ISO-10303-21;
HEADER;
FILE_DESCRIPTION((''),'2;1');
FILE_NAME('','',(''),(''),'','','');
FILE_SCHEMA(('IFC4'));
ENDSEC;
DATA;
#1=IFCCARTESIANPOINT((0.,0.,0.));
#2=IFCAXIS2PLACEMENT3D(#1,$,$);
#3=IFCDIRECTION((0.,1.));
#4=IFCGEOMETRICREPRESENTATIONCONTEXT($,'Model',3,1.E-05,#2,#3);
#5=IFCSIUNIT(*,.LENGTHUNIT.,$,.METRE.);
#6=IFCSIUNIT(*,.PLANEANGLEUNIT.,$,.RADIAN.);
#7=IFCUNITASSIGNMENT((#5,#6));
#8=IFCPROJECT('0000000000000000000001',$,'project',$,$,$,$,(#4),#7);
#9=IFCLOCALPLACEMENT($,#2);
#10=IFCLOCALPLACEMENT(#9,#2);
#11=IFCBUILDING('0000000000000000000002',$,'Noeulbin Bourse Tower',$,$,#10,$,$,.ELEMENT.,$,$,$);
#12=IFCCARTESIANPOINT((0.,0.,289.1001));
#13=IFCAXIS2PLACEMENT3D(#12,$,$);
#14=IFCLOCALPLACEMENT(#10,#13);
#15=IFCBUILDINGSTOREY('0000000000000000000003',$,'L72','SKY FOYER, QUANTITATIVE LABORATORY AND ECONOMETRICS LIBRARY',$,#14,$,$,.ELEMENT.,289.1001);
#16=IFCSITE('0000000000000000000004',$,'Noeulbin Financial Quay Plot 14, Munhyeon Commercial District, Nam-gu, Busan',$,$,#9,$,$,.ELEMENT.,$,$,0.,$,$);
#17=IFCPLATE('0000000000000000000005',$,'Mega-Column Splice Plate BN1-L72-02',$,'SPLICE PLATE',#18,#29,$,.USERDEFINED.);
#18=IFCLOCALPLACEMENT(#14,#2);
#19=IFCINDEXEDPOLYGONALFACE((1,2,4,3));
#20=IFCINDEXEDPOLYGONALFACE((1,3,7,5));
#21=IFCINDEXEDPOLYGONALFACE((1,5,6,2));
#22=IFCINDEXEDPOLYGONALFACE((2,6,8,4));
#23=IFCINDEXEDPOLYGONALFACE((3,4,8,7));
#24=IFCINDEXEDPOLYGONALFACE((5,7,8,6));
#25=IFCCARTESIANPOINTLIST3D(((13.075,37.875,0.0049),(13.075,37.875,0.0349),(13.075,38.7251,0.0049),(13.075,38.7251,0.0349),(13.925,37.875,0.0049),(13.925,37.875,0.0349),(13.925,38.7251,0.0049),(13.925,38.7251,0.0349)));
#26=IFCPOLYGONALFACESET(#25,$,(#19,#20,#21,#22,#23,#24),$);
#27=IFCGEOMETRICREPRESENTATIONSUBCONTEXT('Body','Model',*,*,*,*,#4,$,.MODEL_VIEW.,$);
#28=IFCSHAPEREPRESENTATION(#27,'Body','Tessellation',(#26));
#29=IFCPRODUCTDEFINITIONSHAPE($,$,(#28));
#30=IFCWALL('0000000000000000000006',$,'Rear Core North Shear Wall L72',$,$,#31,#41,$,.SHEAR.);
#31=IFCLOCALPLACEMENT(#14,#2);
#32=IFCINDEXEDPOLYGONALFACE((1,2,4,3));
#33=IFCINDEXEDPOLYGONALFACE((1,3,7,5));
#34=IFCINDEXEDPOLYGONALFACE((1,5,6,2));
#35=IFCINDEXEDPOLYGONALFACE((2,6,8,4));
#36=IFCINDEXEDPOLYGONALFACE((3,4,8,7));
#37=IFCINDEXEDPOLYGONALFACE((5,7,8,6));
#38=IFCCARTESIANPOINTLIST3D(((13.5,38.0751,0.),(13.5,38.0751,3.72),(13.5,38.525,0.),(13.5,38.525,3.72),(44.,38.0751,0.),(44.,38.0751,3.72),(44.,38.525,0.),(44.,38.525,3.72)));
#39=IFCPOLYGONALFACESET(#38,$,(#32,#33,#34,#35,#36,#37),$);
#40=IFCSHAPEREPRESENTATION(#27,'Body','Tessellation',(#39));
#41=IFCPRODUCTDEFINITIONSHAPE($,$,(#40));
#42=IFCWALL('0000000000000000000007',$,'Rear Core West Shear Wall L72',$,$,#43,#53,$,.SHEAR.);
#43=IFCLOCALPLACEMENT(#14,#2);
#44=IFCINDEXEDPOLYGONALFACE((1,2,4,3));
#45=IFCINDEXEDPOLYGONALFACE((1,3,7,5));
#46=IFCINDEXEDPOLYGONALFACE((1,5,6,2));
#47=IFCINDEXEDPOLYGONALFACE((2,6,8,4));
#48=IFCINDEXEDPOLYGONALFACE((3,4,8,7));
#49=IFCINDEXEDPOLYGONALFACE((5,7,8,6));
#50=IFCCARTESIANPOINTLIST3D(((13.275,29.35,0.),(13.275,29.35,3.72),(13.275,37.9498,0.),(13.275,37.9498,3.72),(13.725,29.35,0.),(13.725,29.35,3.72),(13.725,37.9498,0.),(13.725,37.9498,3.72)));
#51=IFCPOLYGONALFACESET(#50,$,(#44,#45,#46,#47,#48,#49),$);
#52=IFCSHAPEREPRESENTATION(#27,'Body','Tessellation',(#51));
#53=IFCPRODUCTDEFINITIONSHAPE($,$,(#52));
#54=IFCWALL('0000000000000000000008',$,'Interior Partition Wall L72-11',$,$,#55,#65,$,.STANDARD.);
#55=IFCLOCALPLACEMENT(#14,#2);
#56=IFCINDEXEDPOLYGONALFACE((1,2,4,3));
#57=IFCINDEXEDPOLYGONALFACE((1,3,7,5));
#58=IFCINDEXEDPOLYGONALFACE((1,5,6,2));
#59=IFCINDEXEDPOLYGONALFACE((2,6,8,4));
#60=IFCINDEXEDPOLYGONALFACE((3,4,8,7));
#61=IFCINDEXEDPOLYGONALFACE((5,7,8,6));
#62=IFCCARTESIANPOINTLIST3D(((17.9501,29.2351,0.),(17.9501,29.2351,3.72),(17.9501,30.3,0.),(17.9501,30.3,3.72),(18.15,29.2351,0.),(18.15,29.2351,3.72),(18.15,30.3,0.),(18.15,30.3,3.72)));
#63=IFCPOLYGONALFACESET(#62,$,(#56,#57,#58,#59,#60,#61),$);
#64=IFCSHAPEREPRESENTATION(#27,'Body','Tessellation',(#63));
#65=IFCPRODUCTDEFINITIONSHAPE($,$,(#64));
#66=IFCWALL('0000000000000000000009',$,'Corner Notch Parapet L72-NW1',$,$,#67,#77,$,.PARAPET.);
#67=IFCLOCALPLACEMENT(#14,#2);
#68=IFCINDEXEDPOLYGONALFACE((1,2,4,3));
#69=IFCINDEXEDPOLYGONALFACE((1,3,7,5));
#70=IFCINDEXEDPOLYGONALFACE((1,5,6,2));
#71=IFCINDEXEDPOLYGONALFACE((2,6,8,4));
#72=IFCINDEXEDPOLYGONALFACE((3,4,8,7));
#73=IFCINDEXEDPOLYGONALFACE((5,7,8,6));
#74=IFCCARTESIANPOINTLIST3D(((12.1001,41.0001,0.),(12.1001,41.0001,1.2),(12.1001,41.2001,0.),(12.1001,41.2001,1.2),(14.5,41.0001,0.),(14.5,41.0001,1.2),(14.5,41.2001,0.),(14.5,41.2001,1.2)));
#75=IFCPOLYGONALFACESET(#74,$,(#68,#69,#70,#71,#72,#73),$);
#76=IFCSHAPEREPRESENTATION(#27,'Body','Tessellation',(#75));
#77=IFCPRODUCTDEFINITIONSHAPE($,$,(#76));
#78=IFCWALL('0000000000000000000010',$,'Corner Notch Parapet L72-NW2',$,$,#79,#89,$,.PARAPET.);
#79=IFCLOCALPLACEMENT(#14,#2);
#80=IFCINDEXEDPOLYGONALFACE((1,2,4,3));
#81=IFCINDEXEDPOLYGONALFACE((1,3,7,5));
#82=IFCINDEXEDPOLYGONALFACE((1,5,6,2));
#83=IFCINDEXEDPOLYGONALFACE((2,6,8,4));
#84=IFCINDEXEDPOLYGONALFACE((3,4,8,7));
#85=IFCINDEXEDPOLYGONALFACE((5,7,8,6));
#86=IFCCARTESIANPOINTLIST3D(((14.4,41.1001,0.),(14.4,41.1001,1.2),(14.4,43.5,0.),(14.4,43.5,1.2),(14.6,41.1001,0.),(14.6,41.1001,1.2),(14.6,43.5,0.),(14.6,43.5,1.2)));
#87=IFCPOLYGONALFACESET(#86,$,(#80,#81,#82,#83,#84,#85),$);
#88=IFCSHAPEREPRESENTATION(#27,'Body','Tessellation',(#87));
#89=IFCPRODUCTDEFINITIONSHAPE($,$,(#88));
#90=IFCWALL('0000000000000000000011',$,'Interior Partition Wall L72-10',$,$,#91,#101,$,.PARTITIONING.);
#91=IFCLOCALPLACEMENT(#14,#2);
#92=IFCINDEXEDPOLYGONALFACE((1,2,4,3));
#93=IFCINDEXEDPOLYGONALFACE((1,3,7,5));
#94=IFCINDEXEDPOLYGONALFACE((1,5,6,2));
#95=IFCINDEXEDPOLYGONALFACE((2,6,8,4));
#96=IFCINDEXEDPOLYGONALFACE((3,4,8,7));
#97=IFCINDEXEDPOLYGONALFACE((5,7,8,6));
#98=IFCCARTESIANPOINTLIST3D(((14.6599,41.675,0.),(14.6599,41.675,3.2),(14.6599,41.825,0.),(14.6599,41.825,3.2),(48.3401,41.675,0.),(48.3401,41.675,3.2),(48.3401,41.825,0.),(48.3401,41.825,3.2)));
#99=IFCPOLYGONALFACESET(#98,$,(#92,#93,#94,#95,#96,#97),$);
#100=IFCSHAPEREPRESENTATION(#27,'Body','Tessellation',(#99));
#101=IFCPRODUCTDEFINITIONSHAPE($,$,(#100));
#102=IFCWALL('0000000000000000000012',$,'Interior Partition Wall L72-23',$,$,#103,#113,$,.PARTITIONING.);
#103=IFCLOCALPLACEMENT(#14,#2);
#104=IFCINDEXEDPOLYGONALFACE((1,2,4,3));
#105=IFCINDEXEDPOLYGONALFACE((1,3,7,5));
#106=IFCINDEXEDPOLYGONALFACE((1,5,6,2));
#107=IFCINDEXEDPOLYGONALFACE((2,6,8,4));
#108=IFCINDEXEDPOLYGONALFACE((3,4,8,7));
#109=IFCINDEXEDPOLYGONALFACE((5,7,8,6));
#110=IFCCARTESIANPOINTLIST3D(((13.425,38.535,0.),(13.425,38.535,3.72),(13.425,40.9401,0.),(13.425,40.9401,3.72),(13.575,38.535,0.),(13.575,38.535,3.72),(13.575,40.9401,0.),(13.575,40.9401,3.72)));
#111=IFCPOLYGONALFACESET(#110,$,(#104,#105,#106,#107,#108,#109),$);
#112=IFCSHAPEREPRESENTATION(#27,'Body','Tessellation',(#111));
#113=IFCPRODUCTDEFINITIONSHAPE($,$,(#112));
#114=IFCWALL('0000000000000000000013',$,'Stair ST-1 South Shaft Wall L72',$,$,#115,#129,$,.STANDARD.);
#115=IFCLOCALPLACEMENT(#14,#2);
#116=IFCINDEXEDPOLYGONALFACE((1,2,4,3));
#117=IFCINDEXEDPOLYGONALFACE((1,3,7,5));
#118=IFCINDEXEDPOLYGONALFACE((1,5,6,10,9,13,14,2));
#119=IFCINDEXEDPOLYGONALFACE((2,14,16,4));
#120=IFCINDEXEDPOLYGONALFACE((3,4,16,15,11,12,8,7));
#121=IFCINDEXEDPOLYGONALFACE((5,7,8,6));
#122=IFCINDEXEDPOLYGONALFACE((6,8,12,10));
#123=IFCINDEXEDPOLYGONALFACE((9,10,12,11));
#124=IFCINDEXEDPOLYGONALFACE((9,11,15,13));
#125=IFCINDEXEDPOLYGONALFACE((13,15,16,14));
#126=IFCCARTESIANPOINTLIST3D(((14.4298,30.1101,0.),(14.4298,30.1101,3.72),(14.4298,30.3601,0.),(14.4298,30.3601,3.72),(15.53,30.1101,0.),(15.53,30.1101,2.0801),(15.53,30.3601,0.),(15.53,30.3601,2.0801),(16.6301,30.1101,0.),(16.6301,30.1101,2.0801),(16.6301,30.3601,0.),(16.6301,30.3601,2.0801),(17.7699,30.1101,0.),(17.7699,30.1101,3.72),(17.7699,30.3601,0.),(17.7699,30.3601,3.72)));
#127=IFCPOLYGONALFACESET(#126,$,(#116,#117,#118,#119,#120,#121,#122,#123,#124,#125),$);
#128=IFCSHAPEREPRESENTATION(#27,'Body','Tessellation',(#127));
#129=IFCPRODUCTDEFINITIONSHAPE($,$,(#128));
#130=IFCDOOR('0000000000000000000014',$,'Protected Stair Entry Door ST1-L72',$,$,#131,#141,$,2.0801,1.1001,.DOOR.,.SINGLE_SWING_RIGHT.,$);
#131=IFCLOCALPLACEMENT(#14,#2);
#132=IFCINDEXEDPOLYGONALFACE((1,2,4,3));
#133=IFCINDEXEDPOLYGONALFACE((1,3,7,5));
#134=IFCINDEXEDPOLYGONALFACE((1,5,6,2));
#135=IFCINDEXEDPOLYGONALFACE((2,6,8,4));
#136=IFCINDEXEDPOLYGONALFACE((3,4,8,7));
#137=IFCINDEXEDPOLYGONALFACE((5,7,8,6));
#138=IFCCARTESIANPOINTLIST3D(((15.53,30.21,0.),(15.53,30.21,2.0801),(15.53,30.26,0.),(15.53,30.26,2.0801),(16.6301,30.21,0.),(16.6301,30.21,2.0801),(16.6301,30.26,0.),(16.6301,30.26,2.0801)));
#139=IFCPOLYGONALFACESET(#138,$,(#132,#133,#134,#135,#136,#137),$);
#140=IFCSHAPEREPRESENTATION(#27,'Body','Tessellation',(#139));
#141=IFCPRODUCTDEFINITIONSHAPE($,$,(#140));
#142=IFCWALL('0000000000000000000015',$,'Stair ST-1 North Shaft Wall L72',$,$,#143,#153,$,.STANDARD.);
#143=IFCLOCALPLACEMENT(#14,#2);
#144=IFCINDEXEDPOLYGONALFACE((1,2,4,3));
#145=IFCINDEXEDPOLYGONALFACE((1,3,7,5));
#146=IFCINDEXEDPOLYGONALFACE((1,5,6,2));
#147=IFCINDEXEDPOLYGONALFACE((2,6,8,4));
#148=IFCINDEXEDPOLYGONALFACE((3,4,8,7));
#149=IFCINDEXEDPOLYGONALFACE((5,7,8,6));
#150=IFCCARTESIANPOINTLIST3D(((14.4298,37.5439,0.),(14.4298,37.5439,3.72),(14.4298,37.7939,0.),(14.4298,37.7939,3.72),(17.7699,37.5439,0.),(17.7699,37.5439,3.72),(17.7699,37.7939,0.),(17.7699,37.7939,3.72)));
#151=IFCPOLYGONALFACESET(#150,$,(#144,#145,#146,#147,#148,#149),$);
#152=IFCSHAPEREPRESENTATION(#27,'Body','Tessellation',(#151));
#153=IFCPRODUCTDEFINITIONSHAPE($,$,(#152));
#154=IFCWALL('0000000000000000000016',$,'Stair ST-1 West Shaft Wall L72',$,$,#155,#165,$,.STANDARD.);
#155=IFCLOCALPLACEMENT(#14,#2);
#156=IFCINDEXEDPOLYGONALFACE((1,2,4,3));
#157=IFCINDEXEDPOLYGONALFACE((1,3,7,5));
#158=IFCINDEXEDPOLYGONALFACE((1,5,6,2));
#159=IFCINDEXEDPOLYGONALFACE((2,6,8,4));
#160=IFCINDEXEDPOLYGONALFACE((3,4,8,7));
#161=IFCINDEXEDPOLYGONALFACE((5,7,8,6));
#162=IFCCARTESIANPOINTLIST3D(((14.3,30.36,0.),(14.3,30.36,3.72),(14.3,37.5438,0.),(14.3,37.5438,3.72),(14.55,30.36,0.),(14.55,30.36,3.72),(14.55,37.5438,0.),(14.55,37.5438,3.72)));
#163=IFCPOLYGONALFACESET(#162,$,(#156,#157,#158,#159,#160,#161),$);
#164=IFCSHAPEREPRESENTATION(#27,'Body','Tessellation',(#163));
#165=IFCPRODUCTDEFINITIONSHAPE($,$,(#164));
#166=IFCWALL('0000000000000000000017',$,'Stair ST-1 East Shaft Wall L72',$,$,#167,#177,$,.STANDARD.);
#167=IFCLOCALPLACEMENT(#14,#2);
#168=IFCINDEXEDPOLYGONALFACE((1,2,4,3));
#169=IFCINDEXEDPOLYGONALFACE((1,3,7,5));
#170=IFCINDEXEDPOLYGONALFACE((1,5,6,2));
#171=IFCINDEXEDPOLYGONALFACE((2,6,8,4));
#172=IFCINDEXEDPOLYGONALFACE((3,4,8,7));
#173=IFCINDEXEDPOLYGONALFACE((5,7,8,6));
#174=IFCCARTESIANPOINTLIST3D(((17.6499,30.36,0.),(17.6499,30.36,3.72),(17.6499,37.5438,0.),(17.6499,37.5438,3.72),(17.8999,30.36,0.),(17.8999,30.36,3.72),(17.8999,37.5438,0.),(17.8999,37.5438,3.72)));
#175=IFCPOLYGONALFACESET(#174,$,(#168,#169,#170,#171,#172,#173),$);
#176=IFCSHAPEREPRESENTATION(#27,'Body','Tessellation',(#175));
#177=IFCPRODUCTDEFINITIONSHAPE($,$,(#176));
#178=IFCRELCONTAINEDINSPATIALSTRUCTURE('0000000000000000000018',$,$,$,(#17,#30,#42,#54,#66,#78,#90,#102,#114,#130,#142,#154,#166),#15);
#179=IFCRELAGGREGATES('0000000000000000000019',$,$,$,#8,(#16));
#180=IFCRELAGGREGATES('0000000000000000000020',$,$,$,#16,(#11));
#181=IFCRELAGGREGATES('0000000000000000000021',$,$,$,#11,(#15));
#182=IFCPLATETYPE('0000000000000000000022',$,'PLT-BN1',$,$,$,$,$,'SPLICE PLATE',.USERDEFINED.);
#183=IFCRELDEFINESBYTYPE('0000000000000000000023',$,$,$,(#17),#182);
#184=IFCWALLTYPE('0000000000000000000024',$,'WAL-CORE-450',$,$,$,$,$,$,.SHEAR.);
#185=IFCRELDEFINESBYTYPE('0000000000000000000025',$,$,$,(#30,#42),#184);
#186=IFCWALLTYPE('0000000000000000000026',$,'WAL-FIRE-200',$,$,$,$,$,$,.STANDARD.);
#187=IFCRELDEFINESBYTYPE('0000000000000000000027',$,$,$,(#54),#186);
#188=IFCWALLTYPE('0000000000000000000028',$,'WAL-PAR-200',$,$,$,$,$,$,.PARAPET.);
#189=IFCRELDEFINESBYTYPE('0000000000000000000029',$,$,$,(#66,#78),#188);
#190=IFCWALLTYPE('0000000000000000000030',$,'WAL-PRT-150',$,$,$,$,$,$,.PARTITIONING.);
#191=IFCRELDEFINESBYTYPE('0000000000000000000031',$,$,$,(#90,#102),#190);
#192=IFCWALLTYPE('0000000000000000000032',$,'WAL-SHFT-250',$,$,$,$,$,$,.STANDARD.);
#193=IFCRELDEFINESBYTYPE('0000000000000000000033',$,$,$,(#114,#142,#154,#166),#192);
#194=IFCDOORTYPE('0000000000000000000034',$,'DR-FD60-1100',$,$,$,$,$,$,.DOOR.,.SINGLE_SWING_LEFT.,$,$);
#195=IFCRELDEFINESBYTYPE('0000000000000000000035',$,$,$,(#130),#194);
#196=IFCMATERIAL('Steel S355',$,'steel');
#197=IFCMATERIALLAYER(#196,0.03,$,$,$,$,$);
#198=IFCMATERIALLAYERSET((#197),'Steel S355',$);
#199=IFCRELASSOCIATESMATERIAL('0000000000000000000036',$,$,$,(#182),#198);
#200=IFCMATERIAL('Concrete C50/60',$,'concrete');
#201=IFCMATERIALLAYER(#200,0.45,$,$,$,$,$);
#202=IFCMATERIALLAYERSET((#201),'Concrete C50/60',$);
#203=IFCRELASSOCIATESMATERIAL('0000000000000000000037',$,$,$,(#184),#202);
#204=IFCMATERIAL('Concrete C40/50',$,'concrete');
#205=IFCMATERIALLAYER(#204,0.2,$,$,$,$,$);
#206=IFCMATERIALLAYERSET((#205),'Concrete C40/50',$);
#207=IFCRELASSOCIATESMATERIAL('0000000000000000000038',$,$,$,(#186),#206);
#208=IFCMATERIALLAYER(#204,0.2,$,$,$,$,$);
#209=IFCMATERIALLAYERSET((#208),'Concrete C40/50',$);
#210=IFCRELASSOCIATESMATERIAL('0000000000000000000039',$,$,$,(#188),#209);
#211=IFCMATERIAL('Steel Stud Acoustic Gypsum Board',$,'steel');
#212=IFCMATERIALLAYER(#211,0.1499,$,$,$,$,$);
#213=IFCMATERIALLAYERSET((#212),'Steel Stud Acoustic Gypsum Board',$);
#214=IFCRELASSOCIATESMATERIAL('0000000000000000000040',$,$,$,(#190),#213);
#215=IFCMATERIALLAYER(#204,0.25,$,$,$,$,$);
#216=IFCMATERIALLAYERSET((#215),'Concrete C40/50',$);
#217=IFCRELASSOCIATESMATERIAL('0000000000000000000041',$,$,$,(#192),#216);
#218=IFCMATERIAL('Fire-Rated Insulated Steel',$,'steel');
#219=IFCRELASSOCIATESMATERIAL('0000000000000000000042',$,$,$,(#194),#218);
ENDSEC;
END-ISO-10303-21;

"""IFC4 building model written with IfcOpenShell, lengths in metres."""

from ifc_helpers import new_model, si_unit, direction, frame, frame_2d, origin, origin_2d, place, context, subcontext, project, spatial, rectangle, extrude, material, layer, layer_set, type_object, element, fill, save


model = new_model("IFC4")

# Units and contexts
model_context = context("Model", 3, precision=1e-05, world=origin(), true_north=direction((0.0, 1.0)))
body_context = subcontext(model_context, "Body", "Model", "MODEL_VIEW")
ifc_project = project(units=[si_unit("LENGTHUNIT", "METRE"), si_unit("PLANEANGLEUNIT", "RADIAN")], contexts=[model_context])

# Site, building, storey
site_placement = place(None, origin())
site = spatial("IfcSite", under=ifc_project, at=site_placement, Name="Noeulbin Financial Quay Plot 14, Munhyeon Commercial District, Nam-gu, Busan", CompositionType="ELEMENT", RefElevation=0.0)
building_placement = place(site_placement, origin())
building = spatial("IfcBuilding", under=site, at=building_placement, Name="Noeulbin Bourse Tower", CompositionType="ELEMENT")
storey_placement = place(building_placement, frame((0.0, 0.0, 289.1001)))
storey = spatial("IfcBuildingStorey", under=building, at=storey_placement, Name="L72", Description="SKY FOYER, QUANTITATIVE LABORATORY AND ECONOMETRICS LIBRARY", CompositionType="ELEMENT", Elevation=289.1001)

# Shared definitions
ifc_material_1 = material(Name="Steel S355", Category="steel")

# Plate
ifc_layer_1 = layer(ifc_material_1, 0.03)
ifc_layer_set_1 = layer_set([ifc_layer_1], Name="Steel S355")
plate_type_1 = type_object("IfcPlateType", Name="PLT-BN1", ElementType="SPLICE PLATE", PredefinedType="USERDEFINED", material=ifc_layer_set_1)
plate_1_placement = place(storey_placement, frame((13.5, 38.3, 0.0049), z_axis=(0.0, 0.0, 1.0), x_axis=(1.0, 0.0, 0.0)))
element("IfcPlate", 1, at=plate_1_placement, inside=storey, type_object=plate_type_1, Name="Mega-Column Splice Plate BN1-L72-02", ObjectType="SPLICE PLATE", PredefinedType="USERDEFINED", context=body_context, shape_type="SweptSolid", body=[
    extrude(rectangle(XDim=0.8501, YDim=0.8501, at=origin_2d()), origin(), (0.0, 0.0, 1.0), 0.03),
])

# Walls
ifc_material_2 = material(Name="Concrete C50/60", Category="concrete")
ifc_layer_2 = layer(ifc_material_2, 0.45)
ifc_layer_set_2 = layer_set([ifc_layer_2], Name="Concrete C50/60")
wall_type_1 = type_object("IfcWallType", Name="WAL-CORE-450", PredefinedType="SHEAR", material=ifc_layer_set_2)
wall_1_placement = place(storey_placement, frame((13.5, 38.3, 0.0), z_axis=(0.0, 0.0, 1.0), x_axis=(1.0, 0.0, 0.0)))
element("IfcWall", 2, at=wall_1_placement, inside=storey, type_object=wall_type_1, Name="Rear Core North Shear Wall L72", PredefinedType="SHEAR", context=body_context, shape_type="SweptSolid", body=[
    extrude(rectangle(XDim=30.5, YDim=0.45, at=frame_2d((15.25, 0.0))), origin(), (0.0, 0.0, 1.0), 3.72),
])
wall_2_placement = place(storey_placement, frame((13.5, 29.3501, 0.0), z_axis=(0.0, 0.0, 1.0), x_axis=(0.0, 1.0, 0.0)))
element("IfcWall", 3, at=wall_2_placement, inside=storey, type_object=wall_type_1, Name="Rear Core West Shear Wall L72", PredefinedType="SHEAR", context=body_context, shape_type="SweptSolid", body=[
    extrude(rectangle(XDim=8.5999, YDim=0.45, at=frame_2d((4.2998, 0.0))), origin(), (0.0, 0.0, 1.0), 3.72),
])
ifc_material_3 = material(Name="Concrete C40/50", Category="concrete")
ifc_layer_3 = layer(ifc_material_3, 0.2)
ifc_layer_set_3 = layer_set([ifc_layer_3], Name="Concrete C40/50")
wall_type_2 = type_object("IfcWallType", Name="WAL-FIRE-200", PredefinedType="STANDARD", material=ifc_layer_set_3)
wall_3_placement = place(storey_placement, frame((18.05, 29.2351, 0.0), z_axis=(0.0, 0.0, 1.0), x_axis=(0.0, 1.0, 0.0)))
element("IfcWall", 4, at=wall_3_placement, inside=storey, type_object=wall_type_2, Name="Interior Partition Wall L72-11", PredefinedType="STANDARD", context=body_context, shape_type="SweptSolid", body=[
    extrude(rectangle(XDim=1.0649, YDim=0.2, at=frame_2d((0.5325, 0.0))), origin(), (0.0, 0.0, 1.0), 3.72),
])
ifc_layer_4 = layer(ifc_material_3, 0.2)
ifc_layer_set_4 = layer_set([ifc_layer_4], Name="Concrete C40/50")
wall_type_3 = type_object("IfcWallType", Name="WAL-PAR-200", PredefinedType="PARAPET", material=ifc_layer_set_4)
for number, where, z_axis, x_axis, name in (
    (5, (12.1001, 41.1001, 0.0), (0.0, 0.0, 1.0), (1.0, 0.0, 0.0), "Corner Notch Parapet L72-NW1"),
    (6, (14.5, 41.1001, 0.0), (0.0, 0.0, 1.0), (0.0, 1.0, 0.0), "Corner Notch Parapet L72-NW2"),
):
    element("IfcWall", number, at=place(storey_placement, frame(where, z_axis=z_axis, x_axis=x_axis)), inside=storey, type_object=wall_type_3, Name=name, PredefinedType="PARAPET", context=body_context, shape_type="SweptSolid", body=[
        extrude(rectangle(XDim=2.3999, YDim=0.2, at=frame_2d((1.2, 0.0))), origin(), (0.0, 0.0, 1.0), 1.2),
    ])
ifc_material_4 = material(Name="Steel Stud Acoustic Gypsum Board", Category="steel")
ifc_layer_5 = layer(ifc_material_4, 0.1499)
ifc_layer_set_5 = layer_set([ifc_layer_5], Name="Steel Stud Acoustic Gypsum Board")
wall_type_4 = type_object("IfcWallType", Name="WAL-PRT-150", PredefinedType="PARTITIONING", material=ifc_layer_set_5)
wall_4_placement = place(storey_placement, frame((14.6599, 41.75, 0.0), z_axis=(0.0, 0.0, 1.0), x_axis=(1.0, 0.0, 0.0)))
element("IfcWall", 7, at=wall_4_placement, inside=storey, type_object=wall_type_4, Name="Interior Partition Wall L72-10", PredefinedType="PARTITIONING", context=body_context, shape_type="SweptSolid", body=[
    extrude(rectangle(XDim=33.6802, YDim=0.1499, at=frame_2d((16.8401, 0.0))), origin(), (0.0, 0.0, 1.0), 3.2),
])
wall_5_placement = place(storey_placement, frame((13.5, 38.5349, 0.0), z_axis=(0.0, 0.0, 1.0), x_axis=(0.0, 1.0, 0.0)))
element("IfcWall", 8, at=wall_5_placement, inside=storey, type_object=wall_type_4, Name="Interior Partition Wall L72-23", PredefinedType="PARTITIONING", context=body_context, shape_type="SweptSolid", body=[
    extrude(rectangle(XDim=2.405, YDim=0.1499, at=frame_2d((1.2026, 0.0))), origin(), (0.0, 0.0, 1.0), 3.72),
])

# Wall, opening, door
ifc_layer_6 = layer(ifc_material_3, 0.25)
ifc_layer_set_6 = layer_set([ifc_layer_6], Name="Concrete C40/50")
wall_type_5 = type_object("IfcWallType", Name="WAL-SHFT-250", PredefinedType="STANDARD", material=ifc_layer_set_6)
wall_6_placement = place(storey_placement, frame((14.4299, 30.2351, 0.0), z_axis=(0.0, 0.0, 1.0), x_axis=(1.0, 0.0, 0.0)))
wall_6 = element("IfcWall", 9, at=wall_6_placement, inside=storey, type_object=wall_type_5, Name="Stair ST-1 South Shaft Wall L72", PredefinedType="STANDARD", context=body_context, shape_type="SweptSolid", body=[
    extrude(rectangle(XDim=3.3401, YDim=0.25, at=frame_2d((1.6699, 0.0))), origin(), (0.0, 0.0, 1.0), 3.72),
])
opening_1_placement = place(wall_6_placement, frame((1.1001, 0.0, 0.0)))
opening_1 = element("IfcOpeningElement", 10, at=opening_1_placement, cuts=wall_6, PredefinedType="OPENING", context=body_context, shape_type="SweptSolid", body=[
    extrude(rectangle(XDim=1.1001, YDim=2.0801, at=frame_2d((0.55, 1.04))), frame((0.0, 0.135, 0.0), z_axis=(0.0, -1.0, 0.0), x_axis=(1.0, 0.0, 0.0)), (0.0, 0.0, 1.0), 0.27),
])
ifc_material_5 = material(Name="Fire-Rated Insulated Steel", Category="steel")
door_type_1 = type_object("IfcDoorType", Name="DR-FD60-1100", OperationType="SINGLE_SWING_LEFT", PredefinedType="DOOR", material=ifc_material_5)
door_1_placement = place(opening_1_placement, origin())
door_1 = element("IfcDoor", 11, at=door_1_placement, inside=storey, type_object=door_type_1, Name="Protected Stair Entry Door ST1-L72", OperationType="SINGLE_SWING_RIGHT", OverallHeight=2.0801, OverallWidth=1.1001, PredefinedType="DOOR", context=body_context, shape_type="SweptSolid", body=[
    extrude(rectangle(XDim=1.1001, YDim=2.0801, at=frame_2d((0.55, 1.04))), frame((0.0, 0.0249, 0.0), z_axis=(0.0, -1.0, 0.0), x_axis=(1.0, 0.0, 0.0)), (0.0, 0.0, 1.0), 0.05),
])
fill(opening_1, door_1)

# Walls
wall_7_placement = place(storey_placement, frame((14.4299, 37.6689, 0.0), z_axis=(0.0, 0.0, 1.0), x_axis=(1.0, 0.0, 0.0)))
element("IfcWall", 12, at=wall_7_placement, inside=storey, type_object=wall_type_5, Name="Stair ST-1 North Shaft Wall L72", PredefinedType="STANDARD", context=body_context, shape_type="SweptSolid", body=[
    extrude(rectangle(XDim=3.3401, YDim=0.25, at=frame_2d((1.6699, 0.0))), origin(), (0.0, 0.0, 1.0), 3.72),
])
for number, where, z_axis, x_axis, name in (
    (13, (14.425, 30.3601, 0.0), (0.0, 0.0, 1.0), (0.0, 1.0, 0.0), "Stair ST-1 West Shaft Wall L72"),
    (14, (17.7749, 30.3601, 0.0), (0.0, 0.0, 1.0), (0.0, 1.0, 0.0), "Stair ST-1 East Shaft Wall L72"),
):
    element("IfcWall", number, at=place(storey_placement, frame(where, z_axis=z_axis, x_axis=x_axis)), inside=storey, type_object=wall_type_5, Name=name, PredefinedType="STANDARD", context=body_context, shape_type="SweptSolid", body=[
        extrude(rectangle(XDim=7.1838, YDim=0.25, at=frame_2d((3.5918, 0.0))), origin(), (0.0, 0.0, 1.0), 3.72),
    ])

save(model, "model.ifc")
